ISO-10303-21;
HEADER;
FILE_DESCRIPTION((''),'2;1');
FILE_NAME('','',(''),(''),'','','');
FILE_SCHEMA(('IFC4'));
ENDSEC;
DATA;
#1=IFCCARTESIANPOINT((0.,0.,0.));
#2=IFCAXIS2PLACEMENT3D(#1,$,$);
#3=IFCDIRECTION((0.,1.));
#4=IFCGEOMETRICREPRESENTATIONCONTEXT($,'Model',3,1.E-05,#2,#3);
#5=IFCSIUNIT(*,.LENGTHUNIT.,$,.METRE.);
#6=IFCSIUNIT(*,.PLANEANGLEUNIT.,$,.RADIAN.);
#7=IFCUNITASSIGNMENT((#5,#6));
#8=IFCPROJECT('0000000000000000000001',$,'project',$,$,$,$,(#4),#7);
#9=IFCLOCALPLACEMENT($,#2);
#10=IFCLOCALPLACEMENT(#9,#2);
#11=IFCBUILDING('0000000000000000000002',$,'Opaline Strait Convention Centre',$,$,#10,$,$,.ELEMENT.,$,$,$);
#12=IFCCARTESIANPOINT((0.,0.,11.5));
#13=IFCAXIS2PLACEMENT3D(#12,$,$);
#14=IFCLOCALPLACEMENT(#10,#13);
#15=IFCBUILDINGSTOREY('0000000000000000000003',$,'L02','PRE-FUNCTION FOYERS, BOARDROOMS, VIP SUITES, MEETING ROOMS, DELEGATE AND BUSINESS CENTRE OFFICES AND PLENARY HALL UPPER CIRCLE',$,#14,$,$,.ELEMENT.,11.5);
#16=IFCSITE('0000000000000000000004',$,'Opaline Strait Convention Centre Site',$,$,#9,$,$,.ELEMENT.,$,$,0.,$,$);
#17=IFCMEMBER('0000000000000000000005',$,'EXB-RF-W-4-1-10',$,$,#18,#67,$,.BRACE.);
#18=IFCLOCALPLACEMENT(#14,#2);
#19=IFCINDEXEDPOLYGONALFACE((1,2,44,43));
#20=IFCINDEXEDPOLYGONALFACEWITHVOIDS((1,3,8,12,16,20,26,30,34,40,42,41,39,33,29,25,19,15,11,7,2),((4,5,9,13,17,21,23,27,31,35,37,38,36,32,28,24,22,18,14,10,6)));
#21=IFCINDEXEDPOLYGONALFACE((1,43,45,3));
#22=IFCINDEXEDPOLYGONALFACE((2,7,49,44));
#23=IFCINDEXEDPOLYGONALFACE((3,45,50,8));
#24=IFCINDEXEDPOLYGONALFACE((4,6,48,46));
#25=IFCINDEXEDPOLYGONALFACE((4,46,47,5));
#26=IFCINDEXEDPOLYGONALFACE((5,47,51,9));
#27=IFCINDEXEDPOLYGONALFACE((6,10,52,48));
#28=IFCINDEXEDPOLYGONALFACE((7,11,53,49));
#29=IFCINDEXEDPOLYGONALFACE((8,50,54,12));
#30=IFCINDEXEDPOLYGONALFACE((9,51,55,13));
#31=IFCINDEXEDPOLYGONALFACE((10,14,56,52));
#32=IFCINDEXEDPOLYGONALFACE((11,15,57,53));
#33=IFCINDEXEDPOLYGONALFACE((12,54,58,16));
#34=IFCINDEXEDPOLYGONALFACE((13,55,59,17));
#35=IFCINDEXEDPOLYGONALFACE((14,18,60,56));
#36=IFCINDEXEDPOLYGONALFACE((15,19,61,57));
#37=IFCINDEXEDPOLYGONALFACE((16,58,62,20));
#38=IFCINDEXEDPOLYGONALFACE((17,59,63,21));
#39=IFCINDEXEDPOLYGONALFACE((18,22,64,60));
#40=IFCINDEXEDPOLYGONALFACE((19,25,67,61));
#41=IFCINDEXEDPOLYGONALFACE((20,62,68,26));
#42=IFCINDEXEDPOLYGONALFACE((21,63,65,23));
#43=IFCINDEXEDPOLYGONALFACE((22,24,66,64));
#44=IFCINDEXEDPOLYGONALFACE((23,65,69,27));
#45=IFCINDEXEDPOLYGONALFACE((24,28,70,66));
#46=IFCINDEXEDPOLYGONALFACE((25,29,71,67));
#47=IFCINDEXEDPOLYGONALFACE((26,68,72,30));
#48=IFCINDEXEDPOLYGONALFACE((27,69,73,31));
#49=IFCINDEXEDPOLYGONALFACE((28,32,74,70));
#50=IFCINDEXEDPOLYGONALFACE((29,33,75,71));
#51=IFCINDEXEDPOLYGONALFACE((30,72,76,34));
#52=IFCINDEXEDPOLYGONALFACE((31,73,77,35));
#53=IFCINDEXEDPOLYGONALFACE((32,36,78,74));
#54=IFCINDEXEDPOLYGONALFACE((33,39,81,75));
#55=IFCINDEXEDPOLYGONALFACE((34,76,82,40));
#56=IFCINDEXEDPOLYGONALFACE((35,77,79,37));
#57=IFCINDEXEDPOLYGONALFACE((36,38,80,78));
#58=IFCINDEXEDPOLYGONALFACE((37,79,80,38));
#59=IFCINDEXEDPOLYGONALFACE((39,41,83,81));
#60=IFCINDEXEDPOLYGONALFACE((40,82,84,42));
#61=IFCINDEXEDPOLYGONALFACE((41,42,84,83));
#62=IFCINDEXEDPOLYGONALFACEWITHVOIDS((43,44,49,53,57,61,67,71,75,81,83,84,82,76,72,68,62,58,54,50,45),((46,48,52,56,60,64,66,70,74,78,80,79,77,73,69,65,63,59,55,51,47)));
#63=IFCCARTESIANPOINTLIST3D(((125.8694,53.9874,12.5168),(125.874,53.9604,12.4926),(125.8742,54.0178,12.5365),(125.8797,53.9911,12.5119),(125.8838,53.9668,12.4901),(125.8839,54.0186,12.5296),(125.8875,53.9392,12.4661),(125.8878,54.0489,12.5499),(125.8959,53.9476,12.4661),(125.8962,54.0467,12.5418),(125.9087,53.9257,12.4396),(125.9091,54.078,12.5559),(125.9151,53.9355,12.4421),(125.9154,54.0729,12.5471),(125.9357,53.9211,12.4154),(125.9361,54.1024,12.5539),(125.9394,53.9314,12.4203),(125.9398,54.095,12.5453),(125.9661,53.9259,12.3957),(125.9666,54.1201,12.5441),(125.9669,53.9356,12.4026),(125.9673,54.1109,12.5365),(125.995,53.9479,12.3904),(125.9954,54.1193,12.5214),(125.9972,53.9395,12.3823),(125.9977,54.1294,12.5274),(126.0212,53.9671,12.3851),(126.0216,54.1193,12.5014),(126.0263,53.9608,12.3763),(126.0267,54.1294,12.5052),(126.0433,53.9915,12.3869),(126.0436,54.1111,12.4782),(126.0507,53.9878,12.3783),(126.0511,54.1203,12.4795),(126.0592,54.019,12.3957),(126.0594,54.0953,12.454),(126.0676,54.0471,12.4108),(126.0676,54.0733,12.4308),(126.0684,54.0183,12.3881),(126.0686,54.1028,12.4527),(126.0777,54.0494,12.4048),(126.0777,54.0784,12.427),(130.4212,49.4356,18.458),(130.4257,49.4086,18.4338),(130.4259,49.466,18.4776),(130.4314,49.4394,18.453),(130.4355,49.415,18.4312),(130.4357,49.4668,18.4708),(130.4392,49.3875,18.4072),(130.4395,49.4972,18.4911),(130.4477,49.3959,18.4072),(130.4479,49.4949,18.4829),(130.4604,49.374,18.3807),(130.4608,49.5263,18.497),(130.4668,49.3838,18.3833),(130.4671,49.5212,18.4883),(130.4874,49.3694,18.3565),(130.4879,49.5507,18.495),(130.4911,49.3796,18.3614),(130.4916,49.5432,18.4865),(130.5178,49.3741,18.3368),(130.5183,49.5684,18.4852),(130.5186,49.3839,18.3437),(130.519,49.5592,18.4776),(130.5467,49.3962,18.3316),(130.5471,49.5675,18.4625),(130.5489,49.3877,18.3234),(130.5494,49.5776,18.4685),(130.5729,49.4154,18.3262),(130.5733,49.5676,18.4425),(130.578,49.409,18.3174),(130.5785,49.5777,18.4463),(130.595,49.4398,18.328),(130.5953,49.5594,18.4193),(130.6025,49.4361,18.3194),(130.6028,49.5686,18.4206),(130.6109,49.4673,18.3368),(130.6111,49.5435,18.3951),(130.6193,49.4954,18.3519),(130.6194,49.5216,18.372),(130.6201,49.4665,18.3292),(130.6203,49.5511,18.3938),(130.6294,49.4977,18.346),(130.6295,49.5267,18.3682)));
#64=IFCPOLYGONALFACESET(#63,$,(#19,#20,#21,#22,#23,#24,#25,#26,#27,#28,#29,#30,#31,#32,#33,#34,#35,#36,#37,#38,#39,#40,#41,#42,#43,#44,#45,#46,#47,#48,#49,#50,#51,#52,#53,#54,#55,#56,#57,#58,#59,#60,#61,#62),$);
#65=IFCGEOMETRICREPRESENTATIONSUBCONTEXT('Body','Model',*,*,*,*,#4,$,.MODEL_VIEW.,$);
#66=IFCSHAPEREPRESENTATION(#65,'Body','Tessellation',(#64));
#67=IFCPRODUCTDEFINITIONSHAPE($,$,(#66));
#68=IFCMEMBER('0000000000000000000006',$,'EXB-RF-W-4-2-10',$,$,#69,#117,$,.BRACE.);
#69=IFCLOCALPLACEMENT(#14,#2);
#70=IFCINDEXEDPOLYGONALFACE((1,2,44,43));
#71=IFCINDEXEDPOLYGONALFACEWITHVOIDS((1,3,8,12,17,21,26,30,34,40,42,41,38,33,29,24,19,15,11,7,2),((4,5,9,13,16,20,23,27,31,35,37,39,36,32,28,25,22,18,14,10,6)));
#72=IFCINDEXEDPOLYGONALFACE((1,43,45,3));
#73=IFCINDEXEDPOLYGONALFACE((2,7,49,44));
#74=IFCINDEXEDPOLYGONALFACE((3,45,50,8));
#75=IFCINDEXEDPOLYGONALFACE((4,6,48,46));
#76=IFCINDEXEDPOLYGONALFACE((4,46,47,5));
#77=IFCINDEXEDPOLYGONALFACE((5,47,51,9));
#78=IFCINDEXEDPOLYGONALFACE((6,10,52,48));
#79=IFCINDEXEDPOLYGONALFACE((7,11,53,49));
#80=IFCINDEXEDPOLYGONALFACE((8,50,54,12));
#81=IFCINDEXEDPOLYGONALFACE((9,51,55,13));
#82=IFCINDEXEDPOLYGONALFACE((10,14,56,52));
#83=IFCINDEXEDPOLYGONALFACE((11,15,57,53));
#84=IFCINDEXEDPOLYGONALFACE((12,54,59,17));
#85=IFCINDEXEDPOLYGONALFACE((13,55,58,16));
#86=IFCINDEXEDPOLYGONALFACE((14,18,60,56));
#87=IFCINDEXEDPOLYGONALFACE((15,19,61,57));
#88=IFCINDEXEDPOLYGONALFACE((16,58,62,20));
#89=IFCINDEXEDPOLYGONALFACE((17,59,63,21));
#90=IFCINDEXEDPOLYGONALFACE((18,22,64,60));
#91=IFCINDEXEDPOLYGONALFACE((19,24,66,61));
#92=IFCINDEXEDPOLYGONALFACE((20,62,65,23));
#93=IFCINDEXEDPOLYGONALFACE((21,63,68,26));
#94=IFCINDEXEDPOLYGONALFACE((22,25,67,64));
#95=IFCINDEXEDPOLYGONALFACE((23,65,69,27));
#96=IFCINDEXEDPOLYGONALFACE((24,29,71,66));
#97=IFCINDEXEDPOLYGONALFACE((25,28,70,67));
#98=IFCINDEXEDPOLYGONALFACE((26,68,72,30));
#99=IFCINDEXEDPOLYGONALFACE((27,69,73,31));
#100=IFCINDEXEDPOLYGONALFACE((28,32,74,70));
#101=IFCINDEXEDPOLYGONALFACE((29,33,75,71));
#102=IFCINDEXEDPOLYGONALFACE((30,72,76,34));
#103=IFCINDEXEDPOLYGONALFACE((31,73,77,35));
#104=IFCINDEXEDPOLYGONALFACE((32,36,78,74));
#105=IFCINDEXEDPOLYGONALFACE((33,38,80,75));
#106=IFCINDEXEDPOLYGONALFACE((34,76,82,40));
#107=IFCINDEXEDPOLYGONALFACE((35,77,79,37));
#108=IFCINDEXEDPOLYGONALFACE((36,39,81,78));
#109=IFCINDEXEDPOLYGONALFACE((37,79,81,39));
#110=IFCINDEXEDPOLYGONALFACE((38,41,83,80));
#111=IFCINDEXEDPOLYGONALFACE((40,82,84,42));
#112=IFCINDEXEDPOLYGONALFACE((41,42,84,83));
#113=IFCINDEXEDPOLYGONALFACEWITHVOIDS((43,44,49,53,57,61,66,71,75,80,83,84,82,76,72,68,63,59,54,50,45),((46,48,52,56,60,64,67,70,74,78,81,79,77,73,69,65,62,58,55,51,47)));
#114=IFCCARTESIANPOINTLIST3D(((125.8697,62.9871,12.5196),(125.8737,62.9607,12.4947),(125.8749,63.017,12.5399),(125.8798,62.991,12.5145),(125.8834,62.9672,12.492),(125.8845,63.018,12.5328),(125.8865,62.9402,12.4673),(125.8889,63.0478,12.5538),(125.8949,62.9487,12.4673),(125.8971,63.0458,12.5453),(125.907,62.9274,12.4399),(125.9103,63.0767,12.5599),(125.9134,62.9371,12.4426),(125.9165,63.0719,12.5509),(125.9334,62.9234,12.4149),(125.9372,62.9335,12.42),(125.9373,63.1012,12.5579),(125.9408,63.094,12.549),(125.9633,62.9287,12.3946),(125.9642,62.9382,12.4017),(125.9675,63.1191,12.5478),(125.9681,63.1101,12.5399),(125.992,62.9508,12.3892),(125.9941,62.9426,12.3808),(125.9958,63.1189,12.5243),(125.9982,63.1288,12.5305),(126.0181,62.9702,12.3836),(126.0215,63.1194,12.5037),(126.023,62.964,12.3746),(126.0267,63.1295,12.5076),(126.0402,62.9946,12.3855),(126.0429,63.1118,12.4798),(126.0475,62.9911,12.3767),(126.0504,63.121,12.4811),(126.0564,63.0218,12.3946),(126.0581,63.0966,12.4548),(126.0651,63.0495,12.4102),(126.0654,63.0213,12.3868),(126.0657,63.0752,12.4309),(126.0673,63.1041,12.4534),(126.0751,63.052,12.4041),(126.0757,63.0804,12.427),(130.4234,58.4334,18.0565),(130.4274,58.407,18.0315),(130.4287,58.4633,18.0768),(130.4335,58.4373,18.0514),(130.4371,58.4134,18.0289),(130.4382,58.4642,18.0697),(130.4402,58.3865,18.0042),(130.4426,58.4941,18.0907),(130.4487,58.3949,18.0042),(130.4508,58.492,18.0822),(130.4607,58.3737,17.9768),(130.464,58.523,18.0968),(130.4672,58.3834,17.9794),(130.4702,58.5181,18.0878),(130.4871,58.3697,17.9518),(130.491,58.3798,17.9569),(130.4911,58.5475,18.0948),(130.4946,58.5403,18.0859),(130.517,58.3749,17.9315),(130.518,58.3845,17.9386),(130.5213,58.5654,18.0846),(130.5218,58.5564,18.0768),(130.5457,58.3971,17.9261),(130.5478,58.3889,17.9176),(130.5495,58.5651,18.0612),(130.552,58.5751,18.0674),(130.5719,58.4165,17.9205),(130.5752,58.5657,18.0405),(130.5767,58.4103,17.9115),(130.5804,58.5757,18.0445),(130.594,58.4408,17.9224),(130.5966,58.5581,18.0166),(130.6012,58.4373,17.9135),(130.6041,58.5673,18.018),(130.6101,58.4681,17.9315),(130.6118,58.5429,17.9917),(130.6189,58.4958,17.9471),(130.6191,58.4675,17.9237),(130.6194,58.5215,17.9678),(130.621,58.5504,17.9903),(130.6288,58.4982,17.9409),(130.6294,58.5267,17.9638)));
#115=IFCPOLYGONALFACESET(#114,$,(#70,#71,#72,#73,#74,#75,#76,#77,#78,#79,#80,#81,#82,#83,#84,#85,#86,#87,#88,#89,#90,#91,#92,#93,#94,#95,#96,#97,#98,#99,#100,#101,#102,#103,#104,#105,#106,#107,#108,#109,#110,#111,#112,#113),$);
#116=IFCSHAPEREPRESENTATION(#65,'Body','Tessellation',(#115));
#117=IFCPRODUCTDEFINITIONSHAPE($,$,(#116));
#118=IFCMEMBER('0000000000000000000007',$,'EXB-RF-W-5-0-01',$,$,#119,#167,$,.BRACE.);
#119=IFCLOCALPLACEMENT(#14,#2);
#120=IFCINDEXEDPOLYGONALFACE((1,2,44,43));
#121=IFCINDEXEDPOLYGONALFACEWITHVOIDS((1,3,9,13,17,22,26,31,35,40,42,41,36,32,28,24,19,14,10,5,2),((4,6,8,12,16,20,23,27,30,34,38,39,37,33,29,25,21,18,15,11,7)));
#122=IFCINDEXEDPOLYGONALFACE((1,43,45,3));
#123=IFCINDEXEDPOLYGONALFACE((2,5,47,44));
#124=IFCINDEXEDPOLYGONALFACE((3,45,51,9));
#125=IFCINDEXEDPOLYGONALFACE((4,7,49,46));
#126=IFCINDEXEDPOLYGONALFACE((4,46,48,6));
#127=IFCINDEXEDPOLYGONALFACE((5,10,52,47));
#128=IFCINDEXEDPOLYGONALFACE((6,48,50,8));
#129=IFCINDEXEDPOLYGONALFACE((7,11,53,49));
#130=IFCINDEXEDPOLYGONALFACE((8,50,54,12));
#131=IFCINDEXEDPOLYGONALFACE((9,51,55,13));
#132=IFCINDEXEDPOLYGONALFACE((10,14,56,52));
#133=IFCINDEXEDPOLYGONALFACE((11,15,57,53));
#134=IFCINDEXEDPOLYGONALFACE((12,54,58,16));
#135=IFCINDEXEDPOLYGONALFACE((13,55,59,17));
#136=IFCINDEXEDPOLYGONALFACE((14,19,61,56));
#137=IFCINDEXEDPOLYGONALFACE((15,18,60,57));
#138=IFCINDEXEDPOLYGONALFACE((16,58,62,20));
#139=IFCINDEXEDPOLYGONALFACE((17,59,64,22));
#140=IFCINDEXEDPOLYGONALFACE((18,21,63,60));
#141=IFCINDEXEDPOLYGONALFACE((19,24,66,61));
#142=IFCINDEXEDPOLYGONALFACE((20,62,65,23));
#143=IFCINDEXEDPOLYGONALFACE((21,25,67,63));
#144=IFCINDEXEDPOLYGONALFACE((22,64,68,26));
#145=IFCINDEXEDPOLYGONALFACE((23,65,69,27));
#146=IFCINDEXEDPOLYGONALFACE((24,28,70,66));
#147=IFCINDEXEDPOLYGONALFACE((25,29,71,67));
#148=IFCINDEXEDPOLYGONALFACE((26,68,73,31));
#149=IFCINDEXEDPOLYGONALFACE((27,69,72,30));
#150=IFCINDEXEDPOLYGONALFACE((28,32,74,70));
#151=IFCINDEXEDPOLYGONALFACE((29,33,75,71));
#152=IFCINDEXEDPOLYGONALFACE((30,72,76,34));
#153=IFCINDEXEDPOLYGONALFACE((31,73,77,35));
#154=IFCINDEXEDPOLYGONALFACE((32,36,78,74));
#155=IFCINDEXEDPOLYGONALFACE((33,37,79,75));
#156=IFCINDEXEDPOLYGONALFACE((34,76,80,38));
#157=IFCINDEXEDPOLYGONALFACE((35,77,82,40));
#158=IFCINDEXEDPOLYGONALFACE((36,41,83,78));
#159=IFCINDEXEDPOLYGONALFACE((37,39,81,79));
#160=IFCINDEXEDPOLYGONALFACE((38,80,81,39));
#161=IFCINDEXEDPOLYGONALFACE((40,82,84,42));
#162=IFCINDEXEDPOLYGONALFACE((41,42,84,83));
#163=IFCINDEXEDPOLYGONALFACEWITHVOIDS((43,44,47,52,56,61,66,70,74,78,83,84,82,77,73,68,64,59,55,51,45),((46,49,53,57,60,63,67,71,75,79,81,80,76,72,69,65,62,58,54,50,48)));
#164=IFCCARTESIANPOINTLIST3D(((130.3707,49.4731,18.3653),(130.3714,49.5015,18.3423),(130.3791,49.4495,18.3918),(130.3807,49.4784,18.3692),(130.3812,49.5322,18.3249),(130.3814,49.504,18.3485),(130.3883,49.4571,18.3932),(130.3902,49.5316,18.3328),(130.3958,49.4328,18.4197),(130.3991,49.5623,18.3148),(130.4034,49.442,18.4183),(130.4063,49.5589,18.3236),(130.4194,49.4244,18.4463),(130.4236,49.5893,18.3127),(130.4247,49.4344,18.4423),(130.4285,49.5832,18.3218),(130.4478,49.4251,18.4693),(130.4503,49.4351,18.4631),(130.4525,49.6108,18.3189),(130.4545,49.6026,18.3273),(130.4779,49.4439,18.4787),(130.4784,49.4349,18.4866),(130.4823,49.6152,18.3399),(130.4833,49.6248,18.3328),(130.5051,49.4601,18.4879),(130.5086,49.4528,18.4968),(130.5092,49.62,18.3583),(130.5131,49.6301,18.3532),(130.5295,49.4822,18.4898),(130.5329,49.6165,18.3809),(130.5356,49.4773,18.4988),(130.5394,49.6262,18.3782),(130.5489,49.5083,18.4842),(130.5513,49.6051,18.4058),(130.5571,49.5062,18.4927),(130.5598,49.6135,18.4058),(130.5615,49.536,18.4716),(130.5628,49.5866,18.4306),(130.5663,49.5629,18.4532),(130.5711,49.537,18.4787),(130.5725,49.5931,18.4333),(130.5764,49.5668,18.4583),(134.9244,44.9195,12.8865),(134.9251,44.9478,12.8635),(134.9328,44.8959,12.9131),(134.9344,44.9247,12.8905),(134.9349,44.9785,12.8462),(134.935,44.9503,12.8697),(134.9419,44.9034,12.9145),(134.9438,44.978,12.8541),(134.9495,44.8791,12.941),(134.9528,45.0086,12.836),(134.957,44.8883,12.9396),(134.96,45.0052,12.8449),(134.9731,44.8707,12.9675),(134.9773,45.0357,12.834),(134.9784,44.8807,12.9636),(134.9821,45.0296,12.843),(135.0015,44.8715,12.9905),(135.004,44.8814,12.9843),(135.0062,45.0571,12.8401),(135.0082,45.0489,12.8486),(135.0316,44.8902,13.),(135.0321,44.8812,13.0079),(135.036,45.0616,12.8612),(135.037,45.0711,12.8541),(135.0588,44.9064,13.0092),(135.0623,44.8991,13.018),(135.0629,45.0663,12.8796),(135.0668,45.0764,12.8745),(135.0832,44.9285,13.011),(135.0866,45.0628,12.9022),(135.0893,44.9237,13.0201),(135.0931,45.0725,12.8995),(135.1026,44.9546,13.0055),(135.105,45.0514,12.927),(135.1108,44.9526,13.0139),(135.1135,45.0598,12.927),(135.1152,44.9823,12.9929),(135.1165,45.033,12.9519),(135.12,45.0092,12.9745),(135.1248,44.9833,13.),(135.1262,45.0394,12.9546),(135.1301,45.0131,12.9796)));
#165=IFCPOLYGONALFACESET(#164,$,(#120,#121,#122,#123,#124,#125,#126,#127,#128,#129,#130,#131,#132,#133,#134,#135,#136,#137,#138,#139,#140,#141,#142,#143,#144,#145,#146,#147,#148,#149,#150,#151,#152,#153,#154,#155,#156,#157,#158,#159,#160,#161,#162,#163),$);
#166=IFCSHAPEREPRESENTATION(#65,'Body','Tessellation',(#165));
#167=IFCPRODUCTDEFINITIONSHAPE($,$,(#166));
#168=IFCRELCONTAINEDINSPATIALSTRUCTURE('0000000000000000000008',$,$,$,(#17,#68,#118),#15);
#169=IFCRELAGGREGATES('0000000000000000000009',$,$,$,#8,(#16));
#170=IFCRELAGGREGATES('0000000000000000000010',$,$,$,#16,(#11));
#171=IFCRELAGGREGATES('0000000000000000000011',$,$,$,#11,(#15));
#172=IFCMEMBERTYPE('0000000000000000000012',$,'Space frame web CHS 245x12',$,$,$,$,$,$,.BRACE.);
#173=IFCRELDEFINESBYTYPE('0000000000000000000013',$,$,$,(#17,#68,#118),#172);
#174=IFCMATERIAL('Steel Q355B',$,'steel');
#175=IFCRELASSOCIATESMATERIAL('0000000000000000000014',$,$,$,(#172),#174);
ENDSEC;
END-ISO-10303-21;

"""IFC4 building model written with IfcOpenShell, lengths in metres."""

from ifc_helpers import new_model, si_unit, direction, frame, origin, origin_2d, place, context, subcontext, project, spatial, hollow_circle, extrude, material, material_profile, profile_set, type_object, element, save


model = new_model("IFC4")

# Units and contexts
model_context = context("Model", 3, precision=1e-05, world=origin(), true_north=direction((0.0, 1.0)))
body_context = subcontext(model_context, "Body", "Model", "MODEL_VIEW")
ifc_project = project(units=[si_unit("LENGTHUNIT", "METRE"), si_unit("PLANEANGLEUNIT", "RADIAN")], contexts=[model_context])

# Site, building, storey
site_placement = place(None, origin())
site = spatial("IfcSite", under=ifc_project, at=site_placement, Name="Opaline Strait Convention Centre Site", CompositionType="ELEMENT", RefElevation=0.0)
building_placement = place(site_placement, origin())
building = spatial("IfcBuilding", under=site, at=building_placement, Name="Opaline Strait Convention Centre", CompositionType="ELEMENT")
storey_placement = place(building_placement, frame((0.0, 0.0, 11.5)))
storey = spatial("IfcBuildingStorey", under=building, at=storey_placement, Name="L02", Description="PRE-FUNCTION FOYERS, BOARDROOMS, VIP SUITES, MEETING ROOMS, DELEGATE AND BUSINESS CENTRE OFFICES AND PLENARY HALL UPPER CIRCLE", CompositionType="ELEMENT", Elevation=11.5)

# Members
ifc_material_1 = material(Name="Steel Q355B", Category="steel")
ifc_material_profile_1 = material_profile(ifc_material_1, hollow_circle(Radius=0.1226, WallThickness=0.012, at=origin_2d()), Name="CHS 245x12")
ifc_profile_set_1 = profile_set([ifc_material_profile_1], Name="Steel Q355B")
member_type_1 = type_object("IfcMemberType", Name="Space frame web CHS 245x12", PredefinedType="BRACE", material=ifc_profile_set_1)
member_1_placement = place(storey_placement, frame((130.5259, 49.4741, 18.4072), z_axis=(-0.519618, 0.519618, -0.678229), x_axis=(-0.707107, -0.707107, 0.0)))
element("IfcMember", 1, at=member_1_placement, inside=storey, type_object=member_type_1, Name="EXB-RF-W-4-1-10", PredefinedType="BRACE", context=body_context, shape_type="SweptSolid", body=[
    extrude(hollow_circle(Radius=0.1226, WallThickness=0.012, at=origin_2d()), origin(), (0.0, 0.0, 1.0), 8.7598),
])
member_2_placement = place(storey_placement, frame((130.5269, 58.4731, 18.0042), z_axis=(-0.536178, 0.536178, -0.65194), x_axis=(-0.707107, -0.707107, 0.0)))
element("IfcMember", 2, at=member_2_placement, inside=storey, type_object=member_type_1, Name="EXB-RF-W-4-2-10", PredefinedType="BRACE", context=body_context, shape_type="SweptSolid", body=[
    extrude(hollow_circle(Radius=0.1226, WallThickness=0.012, at=origin_2d()), origin(), (0.0, 0.0, 1.0), 8.4929),
])
member_3_placement = place(storey_placement, frame((130.4731, 49.5269, 18.4058), z_axis=(0.538573, -0.538573, -0.64798), x_axis=(0.707107, 0.707107, 0.0)))
element("IfcMember", 3, at=member_3_placement, inside=storey, type_object=member_type_1, Name="EXB-RF-W-5-0-01", PredefinedType="BRACE", context=body_context, shape_type="SweptSolid", body=[
    extrude(hollow_circle(Radius=0.1226, WallThickness=0.012, at=origin_2d()), origin(), (0.0, 0.0, 1.0), 8.4551),
])

save(model, "model.ifc")
